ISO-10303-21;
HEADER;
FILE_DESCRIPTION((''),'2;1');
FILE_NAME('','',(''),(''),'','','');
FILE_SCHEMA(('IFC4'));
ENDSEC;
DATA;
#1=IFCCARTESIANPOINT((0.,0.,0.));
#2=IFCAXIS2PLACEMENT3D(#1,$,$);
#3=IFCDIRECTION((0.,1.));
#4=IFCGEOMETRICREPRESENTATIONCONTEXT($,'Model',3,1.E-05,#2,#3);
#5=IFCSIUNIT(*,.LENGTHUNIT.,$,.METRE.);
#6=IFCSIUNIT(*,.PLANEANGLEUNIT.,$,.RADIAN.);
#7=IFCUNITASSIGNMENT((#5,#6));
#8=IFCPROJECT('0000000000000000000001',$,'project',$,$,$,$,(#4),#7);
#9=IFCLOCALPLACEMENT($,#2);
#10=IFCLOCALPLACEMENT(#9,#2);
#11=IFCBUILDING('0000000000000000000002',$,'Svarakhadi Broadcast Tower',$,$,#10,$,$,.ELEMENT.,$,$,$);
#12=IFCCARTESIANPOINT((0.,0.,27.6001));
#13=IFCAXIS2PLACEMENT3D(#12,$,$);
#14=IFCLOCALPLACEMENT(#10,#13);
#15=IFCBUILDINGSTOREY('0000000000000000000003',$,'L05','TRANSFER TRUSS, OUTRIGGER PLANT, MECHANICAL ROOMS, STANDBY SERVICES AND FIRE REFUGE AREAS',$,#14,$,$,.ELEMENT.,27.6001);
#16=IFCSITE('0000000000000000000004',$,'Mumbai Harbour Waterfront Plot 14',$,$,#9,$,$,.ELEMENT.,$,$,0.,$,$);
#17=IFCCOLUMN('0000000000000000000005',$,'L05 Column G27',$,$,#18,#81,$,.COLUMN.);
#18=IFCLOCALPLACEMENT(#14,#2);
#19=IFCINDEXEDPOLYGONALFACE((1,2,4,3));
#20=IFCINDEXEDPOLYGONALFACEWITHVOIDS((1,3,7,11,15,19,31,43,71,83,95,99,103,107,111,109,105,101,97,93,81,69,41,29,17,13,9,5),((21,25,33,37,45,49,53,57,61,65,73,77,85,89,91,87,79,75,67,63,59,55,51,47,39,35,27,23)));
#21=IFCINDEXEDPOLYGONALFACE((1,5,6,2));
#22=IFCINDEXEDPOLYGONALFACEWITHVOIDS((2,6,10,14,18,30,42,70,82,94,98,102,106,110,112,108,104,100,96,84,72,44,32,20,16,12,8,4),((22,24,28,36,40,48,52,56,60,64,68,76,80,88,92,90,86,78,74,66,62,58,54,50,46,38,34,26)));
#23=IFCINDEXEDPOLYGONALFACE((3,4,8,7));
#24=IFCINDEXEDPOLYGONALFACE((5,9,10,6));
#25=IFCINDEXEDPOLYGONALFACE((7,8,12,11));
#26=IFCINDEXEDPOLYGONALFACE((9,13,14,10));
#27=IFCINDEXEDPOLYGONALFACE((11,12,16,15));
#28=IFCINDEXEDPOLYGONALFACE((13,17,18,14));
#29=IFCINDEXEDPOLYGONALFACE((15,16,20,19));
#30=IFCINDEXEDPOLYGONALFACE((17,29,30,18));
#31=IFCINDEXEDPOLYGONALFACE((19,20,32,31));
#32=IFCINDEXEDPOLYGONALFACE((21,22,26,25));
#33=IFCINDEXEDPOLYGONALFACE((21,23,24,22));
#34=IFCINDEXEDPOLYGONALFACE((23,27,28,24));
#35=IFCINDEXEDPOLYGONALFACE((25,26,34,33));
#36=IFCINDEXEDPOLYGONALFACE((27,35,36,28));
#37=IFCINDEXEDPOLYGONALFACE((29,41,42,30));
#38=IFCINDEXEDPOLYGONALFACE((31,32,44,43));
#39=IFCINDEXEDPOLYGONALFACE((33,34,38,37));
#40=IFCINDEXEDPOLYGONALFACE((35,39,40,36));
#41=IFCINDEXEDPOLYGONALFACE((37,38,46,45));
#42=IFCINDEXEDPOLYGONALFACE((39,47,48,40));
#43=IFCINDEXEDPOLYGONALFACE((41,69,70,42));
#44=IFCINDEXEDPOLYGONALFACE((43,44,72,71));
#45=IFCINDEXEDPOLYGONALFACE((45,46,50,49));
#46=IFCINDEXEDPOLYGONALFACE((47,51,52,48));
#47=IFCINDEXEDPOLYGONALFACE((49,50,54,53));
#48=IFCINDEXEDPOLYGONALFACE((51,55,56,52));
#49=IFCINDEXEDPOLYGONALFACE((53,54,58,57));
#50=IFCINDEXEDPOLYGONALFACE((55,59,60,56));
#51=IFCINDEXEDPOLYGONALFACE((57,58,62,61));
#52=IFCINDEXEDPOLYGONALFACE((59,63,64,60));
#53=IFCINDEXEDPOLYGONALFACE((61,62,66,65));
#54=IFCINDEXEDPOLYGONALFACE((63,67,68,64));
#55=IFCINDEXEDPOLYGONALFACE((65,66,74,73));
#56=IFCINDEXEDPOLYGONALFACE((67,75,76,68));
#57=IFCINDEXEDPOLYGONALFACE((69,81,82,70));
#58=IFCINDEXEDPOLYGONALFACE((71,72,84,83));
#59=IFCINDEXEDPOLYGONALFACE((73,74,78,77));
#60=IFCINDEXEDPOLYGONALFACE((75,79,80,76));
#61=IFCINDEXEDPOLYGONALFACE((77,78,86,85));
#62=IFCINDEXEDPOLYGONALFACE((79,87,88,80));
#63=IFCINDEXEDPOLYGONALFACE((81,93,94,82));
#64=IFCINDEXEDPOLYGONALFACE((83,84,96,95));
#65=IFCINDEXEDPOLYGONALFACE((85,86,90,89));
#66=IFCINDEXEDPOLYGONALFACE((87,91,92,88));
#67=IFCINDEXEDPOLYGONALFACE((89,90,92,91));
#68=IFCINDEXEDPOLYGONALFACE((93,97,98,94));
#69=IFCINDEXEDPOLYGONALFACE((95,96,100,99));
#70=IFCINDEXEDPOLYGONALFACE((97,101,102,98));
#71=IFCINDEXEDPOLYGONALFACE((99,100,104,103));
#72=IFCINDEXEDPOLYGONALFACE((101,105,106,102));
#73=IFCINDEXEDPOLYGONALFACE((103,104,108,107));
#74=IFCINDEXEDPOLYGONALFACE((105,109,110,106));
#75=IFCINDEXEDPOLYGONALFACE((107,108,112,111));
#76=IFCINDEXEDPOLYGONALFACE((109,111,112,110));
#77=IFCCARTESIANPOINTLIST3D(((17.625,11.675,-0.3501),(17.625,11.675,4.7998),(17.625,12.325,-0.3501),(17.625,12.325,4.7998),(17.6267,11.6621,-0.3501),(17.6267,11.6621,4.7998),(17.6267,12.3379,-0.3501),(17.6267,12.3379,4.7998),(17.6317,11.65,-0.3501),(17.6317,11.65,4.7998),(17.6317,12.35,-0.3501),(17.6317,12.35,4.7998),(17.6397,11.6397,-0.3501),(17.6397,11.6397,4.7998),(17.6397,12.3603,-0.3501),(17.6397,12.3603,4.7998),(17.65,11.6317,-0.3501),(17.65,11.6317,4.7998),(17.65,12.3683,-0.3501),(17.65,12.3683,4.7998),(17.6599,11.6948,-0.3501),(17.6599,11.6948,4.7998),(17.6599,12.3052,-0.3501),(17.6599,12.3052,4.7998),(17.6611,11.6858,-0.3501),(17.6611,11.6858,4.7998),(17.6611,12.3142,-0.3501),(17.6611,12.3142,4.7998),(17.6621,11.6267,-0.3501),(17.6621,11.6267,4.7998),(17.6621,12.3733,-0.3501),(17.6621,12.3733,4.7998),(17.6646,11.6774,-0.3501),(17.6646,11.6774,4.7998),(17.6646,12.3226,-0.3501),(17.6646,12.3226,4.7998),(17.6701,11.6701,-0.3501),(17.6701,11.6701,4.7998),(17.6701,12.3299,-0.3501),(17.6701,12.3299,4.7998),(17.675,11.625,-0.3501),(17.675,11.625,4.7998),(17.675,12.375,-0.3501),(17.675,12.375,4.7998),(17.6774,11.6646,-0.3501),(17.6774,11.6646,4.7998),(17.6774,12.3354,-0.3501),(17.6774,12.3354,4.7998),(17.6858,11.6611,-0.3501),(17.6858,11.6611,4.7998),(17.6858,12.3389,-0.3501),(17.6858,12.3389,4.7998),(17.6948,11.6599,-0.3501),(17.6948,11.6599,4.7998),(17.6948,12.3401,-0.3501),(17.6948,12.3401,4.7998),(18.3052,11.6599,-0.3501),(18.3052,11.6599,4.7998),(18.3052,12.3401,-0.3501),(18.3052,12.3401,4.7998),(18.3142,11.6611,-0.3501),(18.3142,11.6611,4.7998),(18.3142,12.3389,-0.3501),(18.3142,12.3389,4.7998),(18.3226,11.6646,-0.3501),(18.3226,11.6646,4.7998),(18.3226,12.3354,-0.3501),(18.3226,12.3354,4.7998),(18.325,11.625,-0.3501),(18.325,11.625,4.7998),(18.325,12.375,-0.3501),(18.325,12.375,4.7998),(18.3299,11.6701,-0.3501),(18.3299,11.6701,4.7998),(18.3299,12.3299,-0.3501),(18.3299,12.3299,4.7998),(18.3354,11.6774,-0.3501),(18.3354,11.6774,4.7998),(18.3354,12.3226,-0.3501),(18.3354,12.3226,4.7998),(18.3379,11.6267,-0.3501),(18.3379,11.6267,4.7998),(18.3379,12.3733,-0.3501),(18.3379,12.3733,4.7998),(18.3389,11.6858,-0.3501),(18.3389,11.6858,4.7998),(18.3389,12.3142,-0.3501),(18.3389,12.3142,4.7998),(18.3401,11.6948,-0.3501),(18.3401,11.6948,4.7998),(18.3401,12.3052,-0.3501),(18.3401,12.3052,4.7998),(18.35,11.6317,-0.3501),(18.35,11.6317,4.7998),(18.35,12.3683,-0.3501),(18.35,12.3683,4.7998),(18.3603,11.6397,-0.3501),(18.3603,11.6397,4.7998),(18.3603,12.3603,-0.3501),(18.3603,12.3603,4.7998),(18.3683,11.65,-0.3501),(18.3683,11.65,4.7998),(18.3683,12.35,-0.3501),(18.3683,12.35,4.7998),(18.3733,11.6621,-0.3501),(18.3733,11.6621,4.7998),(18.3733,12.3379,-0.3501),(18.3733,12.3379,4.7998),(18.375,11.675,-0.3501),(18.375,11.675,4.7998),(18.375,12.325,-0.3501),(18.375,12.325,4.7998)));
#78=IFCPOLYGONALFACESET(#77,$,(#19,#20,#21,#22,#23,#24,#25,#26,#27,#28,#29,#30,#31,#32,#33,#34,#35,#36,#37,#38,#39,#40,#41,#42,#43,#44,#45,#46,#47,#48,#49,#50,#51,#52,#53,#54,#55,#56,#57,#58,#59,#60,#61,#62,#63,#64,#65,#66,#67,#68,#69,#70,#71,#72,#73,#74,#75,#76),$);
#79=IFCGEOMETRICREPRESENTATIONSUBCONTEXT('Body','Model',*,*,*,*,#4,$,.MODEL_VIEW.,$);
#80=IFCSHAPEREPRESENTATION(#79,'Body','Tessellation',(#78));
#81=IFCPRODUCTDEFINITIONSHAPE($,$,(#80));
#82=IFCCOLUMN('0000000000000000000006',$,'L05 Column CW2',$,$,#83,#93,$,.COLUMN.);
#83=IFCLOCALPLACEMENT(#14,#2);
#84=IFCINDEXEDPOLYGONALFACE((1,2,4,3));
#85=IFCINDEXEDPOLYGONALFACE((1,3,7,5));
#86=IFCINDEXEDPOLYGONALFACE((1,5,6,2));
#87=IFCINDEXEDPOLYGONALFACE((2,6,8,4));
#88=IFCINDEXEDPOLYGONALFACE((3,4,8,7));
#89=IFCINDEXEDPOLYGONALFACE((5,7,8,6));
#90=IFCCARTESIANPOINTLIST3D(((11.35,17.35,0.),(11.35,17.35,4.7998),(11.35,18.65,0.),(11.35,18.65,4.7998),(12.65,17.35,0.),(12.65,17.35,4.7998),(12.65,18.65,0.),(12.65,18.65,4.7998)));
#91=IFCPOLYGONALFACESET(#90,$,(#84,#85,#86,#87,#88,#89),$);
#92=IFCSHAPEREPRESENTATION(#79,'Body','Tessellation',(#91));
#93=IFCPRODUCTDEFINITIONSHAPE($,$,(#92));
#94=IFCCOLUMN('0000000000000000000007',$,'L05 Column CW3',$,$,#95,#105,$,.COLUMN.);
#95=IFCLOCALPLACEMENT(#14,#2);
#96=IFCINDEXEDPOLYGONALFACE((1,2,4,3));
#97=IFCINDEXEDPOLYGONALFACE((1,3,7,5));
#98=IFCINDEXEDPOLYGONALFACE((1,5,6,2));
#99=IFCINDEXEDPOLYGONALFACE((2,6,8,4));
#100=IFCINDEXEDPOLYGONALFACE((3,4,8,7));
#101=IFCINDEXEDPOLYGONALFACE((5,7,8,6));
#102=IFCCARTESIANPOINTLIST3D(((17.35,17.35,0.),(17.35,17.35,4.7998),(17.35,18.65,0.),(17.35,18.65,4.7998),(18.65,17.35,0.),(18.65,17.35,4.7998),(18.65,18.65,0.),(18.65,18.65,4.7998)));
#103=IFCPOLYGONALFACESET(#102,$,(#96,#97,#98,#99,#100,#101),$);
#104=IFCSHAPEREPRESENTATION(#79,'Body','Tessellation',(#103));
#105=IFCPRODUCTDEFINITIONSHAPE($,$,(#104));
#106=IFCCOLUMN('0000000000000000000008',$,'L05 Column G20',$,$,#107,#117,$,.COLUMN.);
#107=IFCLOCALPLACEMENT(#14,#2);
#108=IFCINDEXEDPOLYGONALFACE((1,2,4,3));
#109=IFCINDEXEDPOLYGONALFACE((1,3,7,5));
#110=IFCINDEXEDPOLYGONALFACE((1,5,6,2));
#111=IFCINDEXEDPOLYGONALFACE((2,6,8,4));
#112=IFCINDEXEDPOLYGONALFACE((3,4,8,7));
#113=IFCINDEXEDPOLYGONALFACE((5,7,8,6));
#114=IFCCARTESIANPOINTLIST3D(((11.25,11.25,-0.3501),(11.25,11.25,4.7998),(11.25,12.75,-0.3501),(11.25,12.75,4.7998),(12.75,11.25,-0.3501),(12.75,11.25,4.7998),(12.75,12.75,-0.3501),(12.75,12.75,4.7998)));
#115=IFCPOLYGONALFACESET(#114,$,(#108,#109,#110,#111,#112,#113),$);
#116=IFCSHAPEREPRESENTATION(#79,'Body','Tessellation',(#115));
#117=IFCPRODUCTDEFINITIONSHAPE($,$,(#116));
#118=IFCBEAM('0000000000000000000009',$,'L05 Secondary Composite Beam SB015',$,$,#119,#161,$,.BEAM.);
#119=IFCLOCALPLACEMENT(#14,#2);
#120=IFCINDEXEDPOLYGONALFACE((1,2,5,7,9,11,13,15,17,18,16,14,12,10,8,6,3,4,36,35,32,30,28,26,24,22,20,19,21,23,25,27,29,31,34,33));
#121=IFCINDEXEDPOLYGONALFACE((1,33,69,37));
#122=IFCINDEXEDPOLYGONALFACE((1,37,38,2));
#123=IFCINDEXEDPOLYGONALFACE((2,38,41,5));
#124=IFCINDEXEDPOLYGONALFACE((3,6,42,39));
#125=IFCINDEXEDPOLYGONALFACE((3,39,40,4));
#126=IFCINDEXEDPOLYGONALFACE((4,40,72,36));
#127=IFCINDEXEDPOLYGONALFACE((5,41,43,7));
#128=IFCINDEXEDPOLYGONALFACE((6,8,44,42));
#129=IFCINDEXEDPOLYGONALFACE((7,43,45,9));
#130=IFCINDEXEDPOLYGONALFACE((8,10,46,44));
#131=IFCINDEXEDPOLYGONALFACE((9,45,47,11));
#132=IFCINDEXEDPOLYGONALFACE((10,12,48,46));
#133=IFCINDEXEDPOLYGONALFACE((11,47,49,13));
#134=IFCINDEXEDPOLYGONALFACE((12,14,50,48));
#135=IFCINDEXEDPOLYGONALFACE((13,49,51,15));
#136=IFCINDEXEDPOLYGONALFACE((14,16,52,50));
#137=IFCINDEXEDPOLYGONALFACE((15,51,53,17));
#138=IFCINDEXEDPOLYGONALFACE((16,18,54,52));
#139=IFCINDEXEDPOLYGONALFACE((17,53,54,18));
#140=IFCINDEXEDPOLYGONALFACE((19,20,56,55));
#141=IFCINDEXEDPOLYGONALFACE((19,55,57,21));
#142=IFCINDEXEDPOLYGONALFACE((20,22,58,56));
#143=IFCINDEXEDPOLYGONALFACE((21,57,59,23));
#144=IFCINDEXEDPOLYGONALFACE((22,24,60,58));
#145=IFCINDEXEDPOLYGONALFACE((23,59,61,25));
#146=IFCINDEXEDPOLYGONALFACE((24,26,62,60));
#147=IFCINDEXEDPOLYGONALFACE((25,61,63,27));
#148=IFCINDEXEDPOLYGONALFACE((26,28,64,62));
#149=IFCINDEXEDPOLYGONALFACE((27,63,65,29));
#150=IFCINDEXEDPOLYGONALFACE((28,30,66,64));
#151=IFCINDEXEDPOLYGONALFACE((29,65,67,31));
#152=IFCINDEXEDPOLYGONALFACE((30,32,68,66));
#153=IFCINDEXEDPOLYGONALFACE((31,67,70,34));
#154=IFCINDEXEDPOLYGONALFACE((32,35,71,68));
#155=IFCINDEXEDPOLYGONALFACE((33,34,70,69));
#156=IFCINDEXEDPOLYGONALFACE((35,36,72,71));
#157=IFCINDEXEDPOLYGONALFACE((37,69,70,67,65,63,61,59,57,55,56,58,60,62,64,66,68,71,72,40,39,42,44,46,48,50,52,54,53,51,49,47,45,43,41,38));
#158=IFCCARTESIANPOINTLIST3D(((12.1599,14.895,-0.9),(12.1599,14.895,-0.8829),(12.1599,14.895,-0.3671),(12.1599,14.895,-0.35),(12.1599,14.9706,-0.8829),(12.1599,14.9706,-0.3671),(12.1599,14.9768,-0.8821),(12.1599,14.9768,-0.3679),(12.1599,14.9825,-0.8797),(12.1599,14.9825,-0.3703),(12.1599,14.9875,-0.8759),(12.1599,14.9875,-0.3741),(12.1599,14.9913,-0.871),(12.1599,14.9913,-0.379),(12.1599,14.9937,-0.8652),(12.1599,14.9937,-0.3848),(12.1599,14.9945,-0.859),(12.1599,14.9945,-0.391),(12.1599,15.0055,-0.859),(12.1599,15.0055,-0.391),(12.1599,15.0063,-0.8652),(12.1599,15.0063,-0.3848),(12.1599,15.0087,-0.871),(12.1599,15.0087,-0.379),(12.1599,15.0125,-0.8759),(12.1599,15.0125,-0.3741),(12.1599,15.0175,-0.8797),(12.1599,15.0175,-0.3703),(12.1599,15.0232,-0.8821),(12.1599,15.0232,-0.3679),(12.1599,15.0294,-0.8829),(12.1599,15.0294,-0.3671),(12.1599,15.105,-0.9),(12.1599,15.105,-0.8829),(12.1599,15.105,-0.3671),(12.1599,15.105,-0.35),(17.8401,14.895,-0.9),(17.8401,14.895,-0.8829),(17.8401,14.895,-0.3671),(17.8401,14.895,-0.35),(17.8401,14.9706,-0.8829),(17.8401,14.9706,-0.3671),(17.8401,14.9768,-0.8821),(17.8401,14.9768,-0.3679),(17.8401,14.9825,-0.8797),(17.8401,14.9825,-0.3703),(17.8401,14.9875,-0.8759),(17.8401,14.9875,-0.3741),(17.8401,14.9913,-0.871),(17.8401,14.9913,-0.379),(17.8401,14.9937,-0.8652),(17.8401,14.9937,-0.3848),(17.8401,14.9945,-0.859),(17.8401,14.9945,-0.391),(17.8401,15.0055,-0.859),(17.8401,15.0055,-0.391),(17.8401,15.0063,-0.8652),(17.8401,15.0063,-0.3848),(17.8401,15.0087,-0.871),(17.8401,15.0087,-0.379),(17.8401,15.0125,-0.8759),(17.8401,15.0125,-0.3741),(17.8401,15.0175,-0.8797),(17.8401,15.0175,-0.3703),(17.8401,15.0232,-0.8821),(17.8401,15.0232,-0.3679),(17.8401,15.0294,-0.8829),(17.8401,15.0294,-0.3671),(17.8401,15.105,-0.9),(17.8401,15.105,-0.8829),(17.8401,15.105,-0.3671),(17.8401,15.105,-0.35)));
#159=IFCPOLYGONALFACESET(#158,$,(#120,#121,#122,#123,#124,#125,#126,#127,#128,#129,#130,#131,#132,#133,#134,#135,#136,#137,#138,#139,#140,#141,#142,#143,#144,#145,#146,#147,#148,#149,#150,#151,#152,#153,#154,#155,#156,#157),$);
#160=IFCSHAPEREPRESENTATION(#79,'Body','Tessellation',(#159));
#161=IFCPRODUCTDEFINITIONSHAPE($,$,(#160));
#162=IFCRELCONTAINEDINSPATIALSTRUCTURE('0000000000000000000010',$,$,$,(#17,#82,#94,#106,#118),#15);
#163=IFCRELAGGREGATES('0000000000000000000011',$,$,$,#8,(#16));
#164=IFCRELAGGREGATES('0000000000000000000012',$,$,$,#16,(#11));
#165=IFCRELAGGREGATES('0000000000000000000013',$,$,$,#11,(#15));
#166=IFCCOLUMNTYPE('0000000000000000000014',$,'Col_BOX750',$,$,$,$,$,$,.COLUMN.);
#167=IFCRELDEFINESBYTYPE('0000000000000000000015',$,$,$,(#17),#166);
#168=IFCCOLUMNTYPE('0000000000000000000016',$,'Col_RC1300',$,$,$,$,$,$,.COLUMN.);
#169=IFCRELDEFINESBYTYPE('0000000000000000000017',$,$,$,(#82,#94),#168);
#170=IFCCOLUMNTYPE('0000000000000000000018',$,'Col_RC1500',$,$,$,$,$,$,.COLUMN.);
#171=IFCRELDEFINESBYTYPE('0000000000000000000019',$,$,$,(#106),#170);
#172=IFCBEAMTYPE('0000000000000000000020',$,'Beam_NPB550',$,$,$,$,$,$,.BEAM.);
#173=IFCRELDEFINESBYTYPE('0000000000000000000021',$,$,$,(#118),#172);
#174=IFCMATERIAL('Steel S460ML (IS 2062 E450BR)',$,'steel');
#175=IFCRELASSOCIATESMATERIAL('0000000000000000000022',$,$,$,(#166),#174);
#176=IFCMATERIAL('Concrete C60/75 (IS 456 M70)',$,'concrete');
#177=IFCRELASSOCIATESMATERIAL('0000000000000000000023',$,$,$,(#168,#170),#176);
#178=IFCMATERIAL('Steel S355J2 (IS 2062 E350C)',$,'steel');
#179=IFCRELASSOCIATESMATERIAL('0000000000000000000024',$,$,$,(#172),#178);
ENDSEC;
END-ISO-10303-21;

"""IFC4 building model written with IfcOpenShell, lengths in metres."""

from ifc_helpers import new_model, si_unit, direction, frame, origin, origin_2d, place, context, subcontext, project, spatial, rectangle, hollow_rectangle, i_section, extrude, material, material_profile, profile_set, type_object, element, save


model = new_model("IFC4")

# Units and contexts
model_context = context("Model", 3, precision=1e-05, world=origin(), true_north=direction((0.0, 1.0)))
body_context = subcontext(model_context, "Body", "Model", "MODEL_VIEW")
ifc_project = project(units=[si_unit("LENGTHUNIT", "METRE"), si_unit("PLANEANGLEUNIT", "RADIAN")], contexts=[model_context])

# Site, building, storey
site_placement = place(None, origin())
site = spatial("IfcSite", under=ifc_project, at=site_placement, Name="Mumbai Harbour Waterfront Plot 14", CompositionType="ELEMENT", RefElevation=0.0)
building_placement = place(site_placement, origin())
building = spatial("IfcBuilding", under=site, at=building_placement, Name="Svarakhadi Broadcast Tower", CompositionType="ELEMENT")
storey_placement = place(building_placement, frame((0.0, 0.0, 27.6001)))
storey = spatial("IfcBuildingStorey", under=building, at=storey_placement, Name="L05", Description="TRANSFER TRUSS, OUTRIGGER PLANT, MECHANICAL ROOMS, STANDBY SERVICES AND FIRE REFUGE AREAS", CompositionType="ELEMENT", Elevation=27.6001)

# Columns
ifc_material_1 = material(Name="Steel S460ML (IS 2062 E450BR)", Category="steel")
ifc_material_profile_1 = material_profile(ifc_material_1, hollow_rectangle(XDim=0.75, YDim=0.75, WallThickness=0.0349, InnerFilletRadius=0.0349, OuterFilletRadius=0.05, at=origin_2d()), Name="BOX 750x750x35")
ifc_profile_set_1 = profile_set([ifc_material_profile_1], Name="Steel S460ML (IS 2062 E450BR)")
column_type_1 = type_object("IfcColumnType", Name="Col_BOX750", PredefinedType="COLUMN", material=ifc_profile_set_1)
column_1_placement = place(storey_placement, frame((18.0, 12.0, -0.3501), z_axis=(0.0, 0.0, 1.0), x_axis=(1.0, 0.0, 0.0)))
element("IfcColumn", 1, at=column_1_placement, inside=storey, type_object=column_type_1, Name="L05 Column G27", PredefinedType="COLUMN", context=body_context, shape_type="SweptSolid", body=[
    extrude(hollow_rectangle(XDim=0.75, YDim=0.75, WallThickness=0.0349, InnerFilletRadius=0.0349, OuterFilletRadius=0.05, at=origin_2d()), origin(), (0.0, 0.0, 1.0), 5.1499),
])
ifc_material_2 = material(Name="Concrete C60/75 (IS 456 M70)", Category="concrete")
ifc_material_profile_2 = material_profile(ifc_material_2, rectangle(XDim=1.3, YDim=1.3, at=origin_2d()), Name="RC 1300x1300")
ifc_profile_set_2 = profile_set([ifc_material_profile_2], Name="Concrete C60/75 (IS 456 M70)")
column_type_2 = type_object("IfcColumnType", Name="Col_RC1300", PredefinedType="COLUMN", material=ifc_profile_set_2)
for number, where, z_axis, x_axis, name in (
    (2, (12.0, 18.0, 0.0), (0.0, 0.0, 1.0), (1.0, 0.0, 0.0), "L05 Column CW2"),
    (3, (18.0, 18.0, 0.0), (0.0, 0.0, 1.0), (1.0, 0.0, 0.0), "L05 Column CW3"),
):
    element("IfcColumn", number, at=place(storey_placement, frame(where, z_axis=z_axis, x_axis=x_axis)), inside=storey, type_object=column_type_2, Name=name, PredefinedType="COLUMN", context=body_context, shape_type="SweptSolid", body=[
        extrude(rectangle(XDim=1.3, YDim=1.3, at=origin_2d()), origin(), (0.0, 0.0, 1.0), 4.7998),
    ])
ifc_material_profile_3 = material_profile(ifc_material_2, rectangle(XDim=1.5, YDim=1.5, at=origin_2d()), Name="RC 1500x1500")
ifc_profile_set_3 = profile_set([ifc_material_profile_3], Name="Concrete C60/75 (IS 456 M70)")
column_type_3 = type_object("IfcColumnType", Name="Col_RC1500", PredefinedType="COLUMN", material=ifc_profile_set_3)
column_2_placement = place(storey_placement, frame((12.0, 12.0, -0.3501), z_axis=(0.0, 0.0, 1.0), x_axis=(1.0, 0.0, 0.0)))
element("IfcColumn", 4, at=column_2_placement, inside=storey, type_object=column_type_3, Name="L05 Column G20", PredefinedType="COLUMN", context=body_context, shape_type="SweptSolid", body=[
    extrude(rectangle(XDim=1.5, YDim=1.5, at=origin_2d()), origin(), (0.0, 0.0, 1.0), 5.1499),
])

# Beam
ifc_material_3 = material(Name="Steel S355J2 (IS 2062 E350C)", Category="steel")
ifc_material_profile_4 = material_profile(ifc_material_3, i_section(OverallWidth=0.21, OverallDepth=0.55, WebThickness=0.011, FlangeThickness=0.0171, FilletRadius=0.0239, at=origin_2d()), Name="NPB 550x210x106")
ifc_profile_set_4 = profile_set([ifc_material_profile_4], Name="Steel S355J2 (IS 2062 E350C)")
beam_type_1 = type_object("IfcBeamType", Name="Beam_NPB550", PredefinedType="BEAM", material=ifc_profile_set_4)
beam_1_placement = place(storey_placement, frame((12.1599, 15.0, -0.625), z_axis=(1.0, 0.0, 0.0), x_axis=(0.0, 1.0, 0.0)))
element("IfcBeam", 5, at=beam_1_placement, inside=storey, type_object=beam_type_1, Name="L05 Secondary Composite Beam SB015", PredefinedType="BEAM", context=body_context, shape_type="SweptSolid", body=[
    extrude(i_section(OverallWidth=0.21, OverallDepth=0.55, WebThickness=0.011, FlangeThickness=0.0171, FilletRadius=0.0239, at=origin_2d()), origin(), (0.0, 0.0, 1.0), 5.6802),
])

save(model, "model.ifc")
